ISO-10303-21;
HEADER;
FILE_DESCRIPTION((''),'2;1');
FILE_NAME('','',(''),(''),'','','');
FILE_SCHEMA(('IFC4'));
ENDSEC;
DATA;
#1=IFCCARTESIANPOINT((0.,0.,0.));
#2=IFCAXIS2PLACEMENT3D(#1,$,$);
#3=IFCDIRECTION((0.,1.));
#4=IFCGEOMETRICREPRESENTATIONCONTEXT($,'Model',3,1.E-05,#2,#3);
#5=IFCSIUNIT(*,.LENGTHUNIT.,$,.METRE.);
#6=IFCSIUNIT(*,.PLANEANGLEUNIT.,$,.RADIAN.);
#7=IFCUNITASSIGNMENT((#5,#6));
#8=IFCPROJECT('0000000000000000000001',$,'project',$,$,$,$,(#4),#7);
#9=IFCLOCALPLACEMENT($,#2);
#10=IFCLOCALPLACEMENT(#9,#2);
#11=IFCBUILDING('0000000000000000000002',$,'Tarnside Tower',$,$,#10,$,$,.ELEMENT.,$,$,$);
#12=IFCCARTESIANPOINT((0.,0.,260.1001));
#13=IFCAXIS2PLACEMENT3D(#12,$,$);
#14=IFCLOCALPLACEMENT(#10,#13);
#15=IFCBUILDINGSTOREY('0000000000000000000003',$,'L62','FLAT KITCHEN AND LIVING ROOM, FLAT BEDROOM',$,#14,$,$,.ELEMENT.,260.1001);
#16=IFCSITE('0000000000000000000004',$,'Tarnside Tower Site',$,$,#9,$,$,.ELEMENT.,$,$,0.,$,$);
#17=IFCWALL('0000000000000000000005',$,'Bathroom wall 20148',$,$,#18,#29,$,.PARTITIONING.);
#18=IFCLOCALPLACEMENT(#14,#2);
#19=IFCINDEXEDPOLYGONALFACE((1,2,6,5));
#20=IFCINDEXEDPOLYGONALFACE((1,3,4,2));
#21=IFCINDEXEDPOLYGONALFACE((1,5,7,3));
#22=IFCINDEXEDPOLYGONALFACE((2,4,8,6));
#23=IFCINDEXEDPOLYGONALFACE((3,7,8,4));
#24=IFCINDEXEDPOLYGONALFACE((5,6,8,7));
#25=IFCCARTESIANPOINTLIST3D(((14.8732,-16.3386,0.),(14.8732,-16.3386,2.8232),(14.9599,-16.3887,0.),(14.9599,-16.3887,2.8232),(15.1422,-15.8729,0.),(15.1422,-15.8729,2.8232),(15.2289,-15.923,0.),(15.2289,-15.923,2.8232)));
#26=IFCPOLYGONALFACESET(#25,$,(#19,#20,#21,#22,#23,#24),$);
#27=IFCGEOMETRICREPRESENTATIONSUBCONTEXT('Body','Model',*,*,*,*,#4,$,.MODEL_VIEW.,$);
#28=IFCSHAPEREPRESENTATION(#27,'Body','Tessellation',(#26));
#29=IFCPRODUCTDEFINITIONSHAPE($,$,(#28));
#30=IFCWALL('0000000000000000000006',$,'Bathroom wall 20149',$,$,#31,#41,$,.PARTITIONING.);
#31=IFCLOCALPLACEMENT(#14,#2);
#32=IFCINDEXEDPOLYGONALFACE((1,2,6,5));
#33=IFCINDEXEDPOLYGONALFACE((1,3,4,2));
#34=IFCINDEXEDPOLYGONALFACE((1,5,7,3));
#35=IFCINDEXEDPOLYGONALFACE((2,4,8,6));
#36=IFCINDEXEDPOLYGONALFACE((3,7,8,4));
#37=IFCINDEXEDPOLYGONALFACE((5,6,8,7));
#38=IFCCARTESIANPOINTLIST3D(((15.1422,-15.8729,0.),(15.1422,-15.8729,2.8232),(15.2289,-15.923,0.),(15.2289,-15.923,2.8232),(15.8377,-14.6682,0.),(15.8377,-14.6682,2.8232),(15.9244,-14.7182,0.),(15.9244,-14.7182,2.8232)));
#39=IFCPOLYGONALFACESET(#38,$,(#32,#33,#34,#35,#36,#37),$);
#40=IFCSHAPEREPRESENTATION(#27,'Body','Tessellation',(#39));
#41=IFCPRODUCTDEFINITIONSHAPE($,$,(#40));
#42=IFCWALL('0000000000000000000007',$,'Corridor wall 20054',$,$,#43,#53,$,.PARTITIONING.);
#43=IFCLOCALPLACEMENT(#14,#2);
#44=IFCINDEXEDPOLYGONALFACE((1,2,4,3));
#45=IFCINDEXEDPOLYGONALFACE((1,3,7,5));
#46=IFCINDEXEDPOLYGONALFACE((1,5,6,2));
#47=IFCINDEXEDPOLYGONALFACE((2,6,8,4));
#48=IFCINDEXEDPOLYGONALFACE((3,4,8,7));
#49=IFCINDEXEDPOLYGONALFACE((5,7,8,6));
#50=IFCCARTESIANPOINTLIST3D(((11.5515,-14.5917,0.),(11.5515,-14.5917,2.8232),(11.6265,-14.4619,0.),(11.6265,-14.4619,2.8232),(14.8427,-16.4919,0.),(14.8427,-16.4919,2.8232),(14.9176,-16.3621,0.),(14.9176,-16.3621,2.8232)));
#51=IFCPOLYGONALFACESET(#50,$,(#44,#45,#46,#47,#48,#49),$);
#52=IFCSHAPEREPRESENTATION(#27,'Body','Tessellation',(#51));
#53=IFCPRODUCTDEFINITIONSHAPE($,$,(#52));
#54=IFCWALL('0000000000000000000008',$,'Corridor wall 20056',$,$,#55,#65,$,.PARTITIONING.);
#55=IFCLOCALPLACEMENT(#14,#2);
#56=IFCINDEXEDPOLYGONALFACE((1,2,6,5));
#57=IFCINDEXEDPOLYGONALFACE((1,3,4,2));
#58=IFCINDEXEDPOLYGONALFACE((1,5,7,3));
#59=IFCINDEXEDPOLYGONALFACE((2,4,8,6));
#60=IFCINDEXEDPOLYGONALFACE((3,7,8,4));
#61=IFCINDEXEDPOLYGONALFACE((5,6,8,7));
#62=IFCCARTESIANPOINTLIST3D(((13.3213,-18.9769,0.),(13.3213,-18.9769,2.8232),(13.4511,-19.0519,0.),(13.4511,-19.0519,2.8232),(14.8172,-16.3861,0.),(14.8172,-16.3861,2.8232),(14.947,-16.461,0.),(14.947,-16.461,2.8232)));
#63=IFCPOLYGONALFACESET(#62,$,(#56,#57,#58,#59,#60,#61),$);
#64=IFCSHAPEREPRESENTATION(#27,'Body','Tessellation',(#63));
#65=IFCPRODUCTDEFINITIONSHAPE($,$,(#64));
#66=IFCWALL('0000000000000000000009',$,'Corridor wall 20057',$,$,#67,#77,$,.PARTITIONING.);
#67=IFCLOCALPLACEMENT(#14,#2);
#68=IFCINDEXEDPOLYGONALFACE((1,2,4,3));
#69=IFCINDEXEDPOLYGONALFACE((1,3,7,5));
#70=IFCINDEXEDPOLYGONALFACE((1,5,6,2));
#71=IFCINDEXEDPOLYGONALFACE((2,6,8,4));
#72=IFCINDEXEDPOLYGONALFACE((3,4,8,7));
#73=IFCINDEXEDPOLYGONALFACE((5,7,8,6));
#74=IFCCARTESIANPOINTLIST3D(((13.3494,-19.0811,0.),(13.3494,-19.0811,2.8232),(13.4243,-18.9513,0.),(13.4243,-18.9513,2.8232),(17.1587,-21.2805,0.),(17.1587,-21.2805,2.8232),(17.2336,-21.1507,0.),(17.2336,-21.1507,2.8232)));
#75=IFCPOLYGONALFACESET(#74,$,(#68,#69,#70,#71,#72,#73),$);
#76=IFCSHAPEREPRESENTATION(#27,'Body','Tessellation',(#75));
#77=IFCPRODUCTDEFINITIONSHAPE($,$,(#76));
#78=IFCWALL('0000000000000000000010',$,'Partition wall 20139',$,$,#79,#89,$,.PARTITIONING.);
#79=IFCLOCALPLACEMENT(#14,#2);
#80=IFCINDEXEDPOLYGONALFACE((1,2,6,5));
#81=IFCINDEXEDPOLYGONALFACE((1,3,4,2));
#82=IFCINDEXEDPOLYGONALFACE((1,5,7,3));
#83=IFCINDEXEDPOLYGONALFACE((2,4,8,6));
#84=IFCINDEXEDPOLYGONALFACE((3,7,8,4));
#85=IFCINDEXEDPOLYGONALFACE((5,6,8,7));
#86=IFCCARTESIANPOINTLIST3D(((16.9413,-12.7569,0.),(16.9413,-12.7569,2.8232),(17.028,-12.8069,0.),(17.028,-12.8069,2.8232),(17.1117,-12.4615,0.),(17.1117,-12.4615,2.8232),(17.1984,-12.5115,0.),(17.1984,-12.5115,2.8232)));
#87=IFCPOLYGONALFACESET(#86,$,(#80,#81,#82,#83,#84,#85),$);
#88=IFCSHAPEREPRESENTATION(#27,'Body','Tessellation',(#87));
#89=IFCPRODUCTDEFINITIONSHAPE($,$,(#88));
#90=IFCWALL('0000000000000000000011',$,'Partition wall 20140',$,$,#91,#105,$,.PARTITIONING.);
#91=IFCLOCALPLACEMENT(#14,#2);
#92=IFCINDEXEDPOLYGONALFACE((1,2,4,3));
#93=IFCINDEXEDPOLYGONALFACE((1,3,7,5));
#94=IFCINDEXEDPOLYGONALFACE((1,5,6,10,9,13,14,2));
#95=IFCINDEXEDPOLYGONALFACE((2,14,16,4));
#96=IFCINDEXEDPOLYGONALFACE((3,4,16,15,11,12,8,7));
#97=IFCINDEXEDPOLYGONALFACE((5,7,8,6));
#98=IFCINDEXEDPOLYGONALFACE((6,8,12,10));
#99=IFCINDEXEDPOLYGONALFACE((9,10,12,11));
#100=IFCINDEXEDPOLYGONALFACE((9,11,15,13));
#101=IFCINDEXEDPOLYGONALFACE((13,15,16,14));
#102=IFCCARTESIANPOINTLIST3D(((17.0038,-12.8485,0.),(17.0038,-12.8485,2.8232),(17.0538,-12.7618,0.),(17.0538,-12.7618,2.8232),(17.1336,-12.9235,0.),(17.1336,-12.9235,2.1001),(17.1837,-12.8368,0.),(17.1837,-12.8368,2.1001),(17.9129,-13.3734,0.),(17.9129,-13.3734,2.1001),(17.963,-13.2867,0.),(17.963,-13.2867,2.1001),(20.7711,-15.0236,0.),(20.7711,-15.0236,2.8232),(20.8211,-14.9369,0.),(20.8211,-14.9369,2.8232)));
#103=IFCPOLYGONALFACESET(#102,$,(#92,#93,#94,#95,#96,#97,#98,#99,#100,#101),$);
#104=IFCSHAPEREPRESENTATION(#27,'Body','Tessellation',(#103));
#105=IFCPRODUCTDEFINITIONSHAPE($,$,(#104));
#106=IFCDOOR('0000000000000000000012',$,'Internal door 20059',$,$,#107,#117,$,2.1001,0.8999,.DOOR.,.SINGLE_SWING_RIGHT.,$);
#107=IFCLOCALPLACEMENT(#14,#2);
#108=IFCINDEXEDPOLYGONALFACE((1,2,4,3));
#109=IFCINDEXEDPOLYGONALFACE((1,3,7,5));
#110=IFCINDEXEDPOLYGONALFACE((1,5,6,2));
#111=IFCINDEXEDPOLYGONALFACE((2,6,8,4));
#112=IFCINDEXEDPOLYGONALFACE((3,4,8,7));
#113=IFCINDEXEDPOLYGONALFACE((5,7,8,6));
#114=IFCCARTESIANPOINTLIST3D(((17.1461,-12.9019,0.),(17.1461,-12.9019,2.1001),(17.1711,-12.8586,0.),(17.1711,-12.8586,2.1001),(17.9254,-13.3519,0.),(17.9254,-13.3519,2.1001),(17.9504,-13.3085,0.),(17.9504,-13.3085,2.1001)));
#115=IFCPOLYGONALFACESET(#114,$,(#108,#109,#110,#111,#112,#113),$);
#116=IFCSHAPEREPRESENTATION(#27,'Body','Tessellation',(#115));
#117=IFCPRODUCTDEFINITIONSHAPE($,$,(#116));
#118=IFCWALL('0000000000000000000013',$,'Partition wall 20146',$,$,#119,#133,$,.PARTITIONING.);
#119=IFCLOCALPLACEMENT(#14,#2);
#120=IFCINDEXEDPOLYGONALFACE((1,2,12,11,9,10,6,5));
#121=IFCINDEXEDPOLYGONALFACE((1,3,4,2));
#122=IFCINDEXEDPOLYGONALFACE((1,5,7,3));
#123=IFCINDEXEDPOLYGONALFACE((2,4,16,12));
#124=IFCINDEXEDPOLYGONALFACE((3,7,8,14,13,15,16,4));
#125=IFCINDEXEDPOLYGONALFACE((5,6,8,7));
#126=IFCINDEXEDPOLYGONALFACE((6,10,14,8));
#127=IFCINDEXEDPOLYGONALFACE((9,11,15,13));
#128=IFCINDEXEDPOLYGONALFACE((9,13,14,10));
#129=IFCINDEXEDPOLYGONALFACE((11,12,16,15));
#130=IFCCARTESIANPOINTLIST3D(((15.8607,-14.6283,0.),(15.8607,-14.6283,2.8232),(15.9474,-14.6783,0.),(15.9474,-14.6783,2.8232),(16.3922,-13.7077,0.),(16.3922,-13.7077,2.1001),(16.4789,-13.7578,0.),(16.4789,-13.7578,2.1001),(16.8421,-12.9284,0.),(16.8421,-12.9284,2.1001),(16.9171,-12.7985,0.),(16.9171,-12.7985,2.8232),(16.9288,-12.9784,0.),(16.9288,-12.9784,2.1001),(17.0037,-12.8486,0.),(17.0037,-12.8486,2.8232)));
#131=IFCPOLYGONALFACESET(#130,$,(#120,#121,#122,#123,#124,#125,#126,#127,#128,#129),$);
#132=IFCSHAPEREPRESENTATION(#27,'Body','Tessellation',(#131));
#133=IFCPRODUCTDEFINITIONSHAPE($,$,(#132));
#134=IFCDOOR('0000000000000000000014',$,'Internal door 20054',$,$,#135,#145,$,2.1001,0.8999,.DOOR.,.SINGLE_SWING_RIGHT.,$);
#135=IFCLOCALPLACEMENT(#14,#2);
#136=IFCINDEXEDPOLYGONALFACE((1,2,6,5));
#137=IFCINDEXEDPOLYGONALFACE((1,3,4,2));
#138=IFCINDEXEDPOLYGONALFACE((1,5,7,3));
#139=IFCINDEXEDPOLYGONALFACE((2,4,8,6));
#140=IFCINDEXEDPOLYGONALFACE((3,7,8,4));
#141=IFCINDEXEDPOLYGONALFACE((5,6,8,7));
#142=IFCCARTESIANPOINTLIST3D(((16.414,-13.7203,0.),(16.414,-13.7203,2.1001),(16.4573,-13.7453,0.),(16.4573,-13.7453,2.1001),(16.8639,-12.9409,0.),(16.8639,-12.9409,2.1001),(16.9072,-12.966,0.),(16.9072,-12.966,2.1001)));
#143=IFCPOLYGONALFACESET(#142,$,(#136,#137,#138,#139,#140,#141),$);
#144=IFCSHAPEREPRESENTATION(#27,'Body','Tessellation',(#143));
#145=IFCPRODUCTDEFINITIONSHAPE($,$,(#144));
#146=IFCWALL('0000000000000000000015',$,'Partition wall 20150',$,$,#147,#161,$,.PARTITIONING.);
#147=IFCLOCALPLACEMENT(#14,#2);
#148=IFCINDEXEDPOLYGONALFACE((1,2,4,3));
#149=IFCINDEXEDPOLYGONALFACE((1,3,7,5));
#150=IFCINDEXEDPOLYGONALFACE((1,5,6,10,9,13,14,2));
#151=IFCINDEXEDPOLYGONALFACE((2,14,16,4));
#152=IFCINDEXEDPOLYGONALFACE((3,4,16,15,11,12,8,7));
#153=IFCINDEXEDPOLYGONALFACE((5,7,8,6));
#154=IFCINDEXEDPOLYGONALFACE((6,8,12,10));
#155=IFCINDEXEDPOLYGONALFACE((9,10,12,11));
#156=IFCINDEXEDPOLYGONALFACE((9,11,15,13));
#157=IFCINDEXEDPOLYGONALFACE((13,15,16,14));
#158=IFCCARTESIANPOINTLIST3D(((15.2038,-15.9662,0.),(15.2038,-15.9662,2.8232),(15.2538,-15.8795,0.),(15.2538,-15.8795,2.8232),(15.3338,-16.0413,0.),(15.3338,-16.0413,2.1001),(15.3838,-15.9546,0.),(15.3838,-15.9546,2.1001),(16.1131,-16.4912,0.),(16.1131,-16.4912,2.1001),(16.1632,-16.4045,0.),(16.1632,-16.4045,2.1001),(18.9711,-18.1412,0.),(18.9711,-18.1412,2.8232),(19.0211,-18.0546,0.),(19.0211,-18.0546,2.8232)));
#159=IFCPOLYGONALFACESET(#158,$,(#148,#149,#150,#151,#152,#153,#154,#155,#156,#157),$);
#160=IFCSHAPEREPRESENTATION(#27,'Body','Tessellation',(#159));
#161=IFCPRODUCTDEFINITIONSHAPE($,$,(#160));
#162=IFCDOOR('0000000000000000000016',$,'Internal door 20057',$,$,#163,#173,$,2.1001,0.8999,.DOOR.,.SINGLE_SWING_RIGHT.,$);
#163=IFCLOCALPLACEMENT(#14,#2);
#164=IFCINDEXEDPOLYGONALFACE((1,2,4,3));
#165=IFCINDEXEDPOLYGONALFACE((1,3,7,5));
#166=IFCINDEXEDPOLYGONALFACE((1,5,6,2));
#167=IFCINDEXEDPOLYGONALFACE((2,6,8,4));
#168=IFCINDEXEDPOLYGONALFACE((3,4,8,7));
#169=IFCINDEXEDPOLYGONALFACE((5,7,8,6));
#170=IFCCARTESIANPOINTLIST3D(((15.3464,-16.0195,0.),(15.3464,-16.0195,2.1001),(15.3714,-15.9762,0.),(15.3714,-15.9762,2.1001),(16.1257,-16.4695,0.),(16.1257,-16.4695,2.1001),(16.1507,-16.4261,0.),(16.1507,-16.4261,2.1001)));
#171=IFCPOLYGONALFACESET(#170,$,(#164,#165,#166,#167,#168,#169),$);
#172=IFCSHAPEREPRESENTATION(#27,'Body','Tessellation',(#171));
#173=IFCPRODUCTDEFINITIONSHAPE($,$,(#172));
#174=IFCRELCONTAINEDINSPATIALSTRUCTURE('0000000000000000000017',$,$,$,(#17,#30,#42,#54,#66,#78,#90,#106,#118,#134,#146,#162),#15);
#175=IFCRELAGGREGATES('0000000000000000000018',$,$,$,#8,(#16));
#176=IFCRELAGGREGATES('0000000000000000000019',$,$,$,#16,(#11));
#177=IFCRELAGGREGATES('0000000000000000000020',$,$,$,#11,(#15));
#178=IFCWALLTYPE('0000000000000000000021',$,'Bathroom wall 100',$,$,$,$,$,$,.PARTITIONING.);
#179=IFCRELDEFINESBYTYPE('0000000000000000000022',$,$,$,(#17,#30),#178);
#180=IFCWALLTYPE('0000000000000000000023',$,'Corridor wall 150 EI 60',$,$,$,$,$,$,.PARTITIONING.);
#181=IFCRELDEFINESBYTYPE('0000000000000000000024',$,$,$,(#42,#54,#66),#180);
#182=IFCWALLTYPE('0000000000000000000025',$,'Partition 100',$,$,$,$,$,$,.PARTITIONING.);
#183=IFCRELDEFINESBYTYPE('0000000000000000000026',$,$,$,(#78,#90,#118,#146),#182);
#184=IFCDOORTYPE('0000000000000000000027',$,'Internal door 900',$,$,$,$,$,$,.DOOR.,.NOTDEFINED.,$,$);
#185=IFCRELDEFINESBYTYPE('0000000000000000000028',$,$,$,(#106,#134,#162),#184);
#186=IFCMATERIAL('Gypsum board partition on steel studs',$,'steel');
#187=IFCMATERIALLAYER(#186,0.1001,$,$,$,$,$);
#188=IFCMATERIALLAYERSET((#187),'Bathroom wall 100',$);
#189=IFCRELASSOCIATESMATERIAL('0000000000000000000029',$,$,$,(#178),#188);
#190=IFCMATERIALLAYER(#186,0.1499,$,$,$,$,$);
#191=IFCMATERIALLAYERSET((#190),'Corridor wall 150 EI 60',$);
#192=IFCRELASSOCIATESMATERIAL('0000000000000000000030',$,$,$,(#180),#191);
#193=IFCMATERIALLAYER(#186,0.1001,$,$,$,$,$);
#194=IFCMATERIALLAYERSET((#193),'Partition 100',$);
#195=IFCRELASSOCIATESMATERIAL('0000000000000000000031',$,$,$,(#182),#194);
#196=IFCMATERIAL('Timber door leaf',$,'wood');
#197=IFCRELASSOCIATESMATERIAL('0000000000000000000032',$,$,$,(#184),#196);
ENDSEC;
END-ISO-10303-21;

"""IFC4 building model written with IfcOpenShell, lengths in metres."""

from ifc_helpers import new_model, si_unit, direction, frame, frame_2d, origin, place, context, subcontext, project, spatial, rectangle, extrude, material, layer, layer_set, type_object, element, fill, save


model = new_model("IFC4")

# Units and contexts
model_context = context("Model", 3, precision=1e-05, world=origin(), true_north=direction((0.0, 1.0)))
body_context = subcontext(model_context, "Body", "Model", "MODEL_VIEW")
ifc_project = project(units=[si_unit("LENGTHUNIT", "METRE"), si_unit("PLANEANGLEUNIT", "RADIAN")], contexts=[model_context])

# Site, building, storey
site_placement = place(None, origin())
site = spatial("IfcSite", under=ifc_project, at=site_placement, Name="Tarnside Tower Site", CompositionType="ELEMENT", RefElevation=0.0)
building_placement = place(site_placement, origin())
building = spatial("IfcBuilding", under=site, at=building_placement, Name="Tarnside Tower", CompositionType="ELEMENT")
storey_placement = place(building_placement, frame((0.0, 0.0, 260.1001)))
storey = spatial("IfcBuildingStorey", under=building, at=storey_placement, Name="L62", Description="FLAT KITCHEN AND LIVING ROOM, FLAT BEDROOM", CompositionType="ELEMENT", Elevation=260.1001)

# Walls
ifc_material_1 = material(Name="Gypsum board partition on steel studs", Category="steel")
ifc_layer_1 = layer(ifc_material_1, 0.1001)
ifc_layer_set_1 = layer_set([ifc_layer_1], Name="Bathroom wall 100")
wall_type_1 = type_object("IfcWallType", Name="Bathroom wall 100", PredefinedType="PARTITIONING", material=ifc_layer_set_1)
wall_1_placement = place(storey_placement, frame((14.9165, -16.3638, 0.0), z_axis=(0.0, 0.0, 1.0), x_axis=(0.500141, 0.865944, 0.0)))
element("IfcWall", 1, at=wall_1_placement, inside=storey, type_object=wall_type_1, Name="Bathroom wall 20148", PredefinedType="PARTITIONING", context=body_context, shape_type="SweptSolid", body=[
    extrude(rectangle(XDim=0.5378, YDim=0.1001, at=frame_2d((0.269, 0.0))), origin(), (0.0, 0.0, 1.0), 2.8232),
])
wall_2_placement = place(storey_placement, frame((15.1855, -15.8979, 0.0), z_axis=(0.0, 0.0, 1.0), x_axis=(0.499971, 0.866042, 0.0)))
element("IfcWall", 2, at=wall_2_placement, inside=storey, type_object=wall_type_1, Name="Bathroom wall 20149", PredefinedType="PARTITIONING", context=body_context, shape_type="SweptSolid", body=[
    extrude(rectangle(XDim=1.3911, YDim=0.1001, at=frame_2d((0.6956, 0.0))), origin(), (0.0, 0.0, 1.0), 2.8232),
])
ifc_layer_2 = layer(ifc_material_1, 0.1499)
ifc_layer_set_2 = layer_set([ifc_layer_2], Name="Corridor wall 150 EI 60")
wall_type_2 = type_object("IfcWallType", Name="Corridor wall 150 EI 60", PredefinedType="PARTITIONING", material=ifc_layer_set_2)
wall_3_placement = place(storey_placement, frame((14.8801, -16.427, 0.0), z_axis=(0.0, 0.0, 1.0), x_axis=(-0.866017, 0.500015, 0.0)))
element("IfcWall", 3, at=wall_3_placement, inside=storey, type_object=wall_type_2, Name="Corridor wall 20054", PredefinedType="PARTITIONING", context=body_context, shape_type="SweptSolid", body=[
    extrude(rectangle(XDim=3.8003, YDim=0.1499, at=frame_2d((1.9001, 0.0))), origin(), (0.0, 0.0, 1.0), 2.8232),
])
wall_4_placement = place(storey_placement, frame((13.3862, -19.0144, 0.0), z_axis=(0.0, 0.0, 1.0), x_axis=(0.50001, 0.86602, 0.0)))
element("IfcWall", 4, at=wall_4_placement, inside=storey, type_object=wall_type_2, Name="Corridor wall 20056", PredefinedType="PARTITIONING", context=body_context, shape_type="SweptSolid", body=[
    extrude(rectangle(XDim=2.9917, YDim=0.1499, at=frame_2d((1.4958, 0.0))), origin(), (0.0, 0.0, 1.0), 2.8232),
])
wall_5_placement = place(storey_placement, frame((17.196, -21.2156, 0.0), z_axis=(0.0, 0.0, 1.0), x_axis=(-0.866011, 0.500025, 0.0)))
element("IfcWall", 5, at=wall_5_placement, inside=storey, type_object=wall_type_2, Name="Corridor wall 20057", PredefinedType="PARTITIONING", context=body_context, shape_type="SweptSolid", body=[
    extrude(rectangle(XDim=4.3987, YDim=0.1499, at=frame_2d((2.1992, 0.0))), origin(), (0.0, 0.0, 1.0), 2.8232),
])
ifc_layer_3 = layer(ifc_material_1, 0.1001)
ifc_layer_set_3 = layer_set([ifc_layer_3], Name="Partition 100")
wall_type_3 = type_object("IfcWallType", Name="Partition 100", PredefinedType="PARTITIONING", material=ifc_layer_set_3)
wall_6_placement = place(storey_placement, frame((17.155, -12.4866, 0.0), z_axis=(0.0, 0.0, 1.0), x_axis=(-0.499681, -0.866209, 0.0)))
element("IfcWall", 6, at=wall_6_placement, inside=storey, type_object=wall_type_3, Name="Partition wall 20139", PredefinedType="PARTITIONING", context=body_context, shape_type="SweptSolid", body=[
    extrude(rectangle(XDim=0.3411, YDim=0.1001, at=frame_2d((0.1704, 0.0))), origin(), (0.0, 0.0, 1.0), 2.8232),
])

# Walls, openings, doors
wall_7_placement = place(storey_placement, frame((17.0288, -12.8052, 0.0), z_axis=(0.0, 0.0, 1.0), x_axis=(0.866028, -0.499996, 0.0)))
wall_7 = element("IfcWall", 7, at=wall_7_placement, inside=storey, type_object=wall_type_3, Name="Partition wall 20140", PredefinedType="PARTITIONING", context=body_context, shape_type="SweptSolid", body=[
    extrude(rectangle(XDim=4.3501, YDim=0.1001, at=frame_2d((2.175, 0.0))), origin(), (0.0, 0.0, 1.0), 2.8232),
])
opening_1_placement = place(wall_7_placement, frame((0.1499, 0.0, 0.0)))
opening_1 = element("IfcOpeningElement", 8, at=opening_1_placement, cuts=wall_7, PredefinedType="OPENING", context=body_context, shape_type="SweptSolid", body=[
    extrude(rectangle(XDim=0.8999, YDim=2.1001, at=frame_2d((0.45, 1.05))), frame((0.0, 0.0601, 0.0), z_axis=(0.0, -1.0, 0.0), x_axis=(1.0, 0.0, 0.0)), (0.0, 0.0, 1.0), 0.1201),
])
ifc_material_2 = material(Name="Timber door leaf", Category="wood")
door_type = type_object("IfcDoorType", Name="Internal door 900", OperationType="NOTDEFINED", PredefinedType="DOOR", material=ifc_material_2)
door_1_placement = place(opening_1_placement, origin())
door_1 = element("IfcDoor", 9, at=door_1_placement, inside=storey, type_object=door_type, Name="Internal door 20059", OperationType="SINGLE_SWING_RIGHT", OverallHeight=2.1001, OverallWidth=0.8999, PredefinedType="DOOR", context=body_context, shape_type="SweptSolid", body=[
    extrude(rectangle(XDim=0.8999, YDim=2.1001, at=frame_2d((0.45, 1.05))), frame((0.0, 0.0249, 0.0), z_axis=(0.0, -1.0, 0.0), x_axis=(1.0, 0.0, 0.0)), (0.0, 0.0, 1.0), 0.05),
])
fill(opening_1, door_1)
wall_8_placement = place(storey_placement, frame((15.9041, -14.6533, 0.0), z_axis=(0.0, 0.0, 1.0), x_axis=(0.499979, 0.866037, 0.0)))
wall_8 = element("IfcWall", 10, at=wall_8_placement, inside=storey, type_object=wall_type_3, Name="Partition wall 20146", PredefinedType="PARTITIONING", context=body_context, shape_type="SweptSolid", body=[
    extrude(rectangle(XDim=2.1128, YDim=0.1001, at=frame_2d((1.0564, 0.0))), origin(), (0.0, 0.0, 1.0), 2.8232),
])
opening_2_placement = place(wall_8_placement, frame((1.063, 0.0, 0.0)))
opening_2 = element("IfcOpeningElement", 11, at=opening_2_placement, cuts=wall_8, PredefinedType="OPENING", context=body_context, shape_type="SweptSolid", body=[
    extrude(rectangle(XDim=0.8999, YDim=2.1001, at=frame_2d((0.45, 1.05))), frame((0.0, 0.0601, 0.0), z_axis=(0.0, -1.0, 0.0), x_axis=(1.0, 0.0, 0.0)), (0.0, 0.0, 1.0), 0.1201),
])
door_2_placement = place(opening_2_placement, origin())
door_2 = element("IfcDoor", 12, at=door_2_placement, inside=storey, type_object=door_type, Name="Internal door 20054", OperationType="SINGLE_SWING_RIGHT", OverallHeight=2.1001, OverallWidth=0.8999, PredefinedType="DOOR", context=body_context, shape_type="SweptSolid", body=[
    extrude(rectangle(XDim=0.8999, YDim=2.1001, at=frame_2d((0.45, 1.05))), frame((0.0, 0.0249, 0.0), z_axis=(0.0, -1.0, 0.0), x_axis=(1.0, 0.0, 0.0)), (0.0, 0.0, 1.0), 0.05),
])
fill(opening_2, door_2)
wall_9_placement = place(storey_placement, frame((18.9961, -18.0979, 0.0), z_axis=(0.0, 0.0, 1.0), x_axis=(-0.866028, 0.499996, 0.0)))
wall_9 = element("IfcWall", 13, at=wall_9_placement, inside=storey, type_object=wall_type_3, Name="Partition wall 20150", PredefinedType="PARTITIONING", context=body_context, shape_type="SweptSolid", body=[
    extrude(rectangle(XDim=4.3501, YDim=0.1001, at=frame_2d((2.175, 0.0))), origin(), (0.0, 0.0, 1.0), 2.8232),
])
opening_3_placement = place(wall_9_placement, frame((3.3, 0.0, 0.0)))
opening_3 = element("IfcOpeningElement", 14, at=opening_3_placement, cuts=wall_9, PredefinedType="OPENING", context=body_context, shape_type="SweptSolid", body=[
    extrude(rectangle(XDim=0.8999, YDim=2.1001, at=frame_2d((0.45, 1.05))), frame((0.0, 0.0601, 0.0), z_axis=(0.0, -1.0, 0.0), x_axis=(1.0, 0.0, 0.0)), (0.0, 0.0, 1.0), 0.1201),
])
door_3_placement = place(opening_3_placement, origin())
door_3 = element("IfcDoor", 15, at=door_3_placement, inside=storey, type_object=door_type, Name="Internal door 20057", OperationType="SINGLE_SWING_RIGHT", OverallHeight=2.1001, OverallWidth=0.8999, PredefinedType="DOOR", context=body_context, shape_type="SweptSolid", body=[
    extrude(rectangle(XDim=0.8999, YDim=2.1001, at=frame_2d((0.45, 1.05))), frame((0.0, 0.0249, 0.0), z_axis=(0.0, -1.0, 0.0), x_axis=(1.0, 0.0, 0.0)), (0.0, 0.0, 1.0), 0.05),
])
fill(opening_3, door_3)

save(model, "model.ifc")
